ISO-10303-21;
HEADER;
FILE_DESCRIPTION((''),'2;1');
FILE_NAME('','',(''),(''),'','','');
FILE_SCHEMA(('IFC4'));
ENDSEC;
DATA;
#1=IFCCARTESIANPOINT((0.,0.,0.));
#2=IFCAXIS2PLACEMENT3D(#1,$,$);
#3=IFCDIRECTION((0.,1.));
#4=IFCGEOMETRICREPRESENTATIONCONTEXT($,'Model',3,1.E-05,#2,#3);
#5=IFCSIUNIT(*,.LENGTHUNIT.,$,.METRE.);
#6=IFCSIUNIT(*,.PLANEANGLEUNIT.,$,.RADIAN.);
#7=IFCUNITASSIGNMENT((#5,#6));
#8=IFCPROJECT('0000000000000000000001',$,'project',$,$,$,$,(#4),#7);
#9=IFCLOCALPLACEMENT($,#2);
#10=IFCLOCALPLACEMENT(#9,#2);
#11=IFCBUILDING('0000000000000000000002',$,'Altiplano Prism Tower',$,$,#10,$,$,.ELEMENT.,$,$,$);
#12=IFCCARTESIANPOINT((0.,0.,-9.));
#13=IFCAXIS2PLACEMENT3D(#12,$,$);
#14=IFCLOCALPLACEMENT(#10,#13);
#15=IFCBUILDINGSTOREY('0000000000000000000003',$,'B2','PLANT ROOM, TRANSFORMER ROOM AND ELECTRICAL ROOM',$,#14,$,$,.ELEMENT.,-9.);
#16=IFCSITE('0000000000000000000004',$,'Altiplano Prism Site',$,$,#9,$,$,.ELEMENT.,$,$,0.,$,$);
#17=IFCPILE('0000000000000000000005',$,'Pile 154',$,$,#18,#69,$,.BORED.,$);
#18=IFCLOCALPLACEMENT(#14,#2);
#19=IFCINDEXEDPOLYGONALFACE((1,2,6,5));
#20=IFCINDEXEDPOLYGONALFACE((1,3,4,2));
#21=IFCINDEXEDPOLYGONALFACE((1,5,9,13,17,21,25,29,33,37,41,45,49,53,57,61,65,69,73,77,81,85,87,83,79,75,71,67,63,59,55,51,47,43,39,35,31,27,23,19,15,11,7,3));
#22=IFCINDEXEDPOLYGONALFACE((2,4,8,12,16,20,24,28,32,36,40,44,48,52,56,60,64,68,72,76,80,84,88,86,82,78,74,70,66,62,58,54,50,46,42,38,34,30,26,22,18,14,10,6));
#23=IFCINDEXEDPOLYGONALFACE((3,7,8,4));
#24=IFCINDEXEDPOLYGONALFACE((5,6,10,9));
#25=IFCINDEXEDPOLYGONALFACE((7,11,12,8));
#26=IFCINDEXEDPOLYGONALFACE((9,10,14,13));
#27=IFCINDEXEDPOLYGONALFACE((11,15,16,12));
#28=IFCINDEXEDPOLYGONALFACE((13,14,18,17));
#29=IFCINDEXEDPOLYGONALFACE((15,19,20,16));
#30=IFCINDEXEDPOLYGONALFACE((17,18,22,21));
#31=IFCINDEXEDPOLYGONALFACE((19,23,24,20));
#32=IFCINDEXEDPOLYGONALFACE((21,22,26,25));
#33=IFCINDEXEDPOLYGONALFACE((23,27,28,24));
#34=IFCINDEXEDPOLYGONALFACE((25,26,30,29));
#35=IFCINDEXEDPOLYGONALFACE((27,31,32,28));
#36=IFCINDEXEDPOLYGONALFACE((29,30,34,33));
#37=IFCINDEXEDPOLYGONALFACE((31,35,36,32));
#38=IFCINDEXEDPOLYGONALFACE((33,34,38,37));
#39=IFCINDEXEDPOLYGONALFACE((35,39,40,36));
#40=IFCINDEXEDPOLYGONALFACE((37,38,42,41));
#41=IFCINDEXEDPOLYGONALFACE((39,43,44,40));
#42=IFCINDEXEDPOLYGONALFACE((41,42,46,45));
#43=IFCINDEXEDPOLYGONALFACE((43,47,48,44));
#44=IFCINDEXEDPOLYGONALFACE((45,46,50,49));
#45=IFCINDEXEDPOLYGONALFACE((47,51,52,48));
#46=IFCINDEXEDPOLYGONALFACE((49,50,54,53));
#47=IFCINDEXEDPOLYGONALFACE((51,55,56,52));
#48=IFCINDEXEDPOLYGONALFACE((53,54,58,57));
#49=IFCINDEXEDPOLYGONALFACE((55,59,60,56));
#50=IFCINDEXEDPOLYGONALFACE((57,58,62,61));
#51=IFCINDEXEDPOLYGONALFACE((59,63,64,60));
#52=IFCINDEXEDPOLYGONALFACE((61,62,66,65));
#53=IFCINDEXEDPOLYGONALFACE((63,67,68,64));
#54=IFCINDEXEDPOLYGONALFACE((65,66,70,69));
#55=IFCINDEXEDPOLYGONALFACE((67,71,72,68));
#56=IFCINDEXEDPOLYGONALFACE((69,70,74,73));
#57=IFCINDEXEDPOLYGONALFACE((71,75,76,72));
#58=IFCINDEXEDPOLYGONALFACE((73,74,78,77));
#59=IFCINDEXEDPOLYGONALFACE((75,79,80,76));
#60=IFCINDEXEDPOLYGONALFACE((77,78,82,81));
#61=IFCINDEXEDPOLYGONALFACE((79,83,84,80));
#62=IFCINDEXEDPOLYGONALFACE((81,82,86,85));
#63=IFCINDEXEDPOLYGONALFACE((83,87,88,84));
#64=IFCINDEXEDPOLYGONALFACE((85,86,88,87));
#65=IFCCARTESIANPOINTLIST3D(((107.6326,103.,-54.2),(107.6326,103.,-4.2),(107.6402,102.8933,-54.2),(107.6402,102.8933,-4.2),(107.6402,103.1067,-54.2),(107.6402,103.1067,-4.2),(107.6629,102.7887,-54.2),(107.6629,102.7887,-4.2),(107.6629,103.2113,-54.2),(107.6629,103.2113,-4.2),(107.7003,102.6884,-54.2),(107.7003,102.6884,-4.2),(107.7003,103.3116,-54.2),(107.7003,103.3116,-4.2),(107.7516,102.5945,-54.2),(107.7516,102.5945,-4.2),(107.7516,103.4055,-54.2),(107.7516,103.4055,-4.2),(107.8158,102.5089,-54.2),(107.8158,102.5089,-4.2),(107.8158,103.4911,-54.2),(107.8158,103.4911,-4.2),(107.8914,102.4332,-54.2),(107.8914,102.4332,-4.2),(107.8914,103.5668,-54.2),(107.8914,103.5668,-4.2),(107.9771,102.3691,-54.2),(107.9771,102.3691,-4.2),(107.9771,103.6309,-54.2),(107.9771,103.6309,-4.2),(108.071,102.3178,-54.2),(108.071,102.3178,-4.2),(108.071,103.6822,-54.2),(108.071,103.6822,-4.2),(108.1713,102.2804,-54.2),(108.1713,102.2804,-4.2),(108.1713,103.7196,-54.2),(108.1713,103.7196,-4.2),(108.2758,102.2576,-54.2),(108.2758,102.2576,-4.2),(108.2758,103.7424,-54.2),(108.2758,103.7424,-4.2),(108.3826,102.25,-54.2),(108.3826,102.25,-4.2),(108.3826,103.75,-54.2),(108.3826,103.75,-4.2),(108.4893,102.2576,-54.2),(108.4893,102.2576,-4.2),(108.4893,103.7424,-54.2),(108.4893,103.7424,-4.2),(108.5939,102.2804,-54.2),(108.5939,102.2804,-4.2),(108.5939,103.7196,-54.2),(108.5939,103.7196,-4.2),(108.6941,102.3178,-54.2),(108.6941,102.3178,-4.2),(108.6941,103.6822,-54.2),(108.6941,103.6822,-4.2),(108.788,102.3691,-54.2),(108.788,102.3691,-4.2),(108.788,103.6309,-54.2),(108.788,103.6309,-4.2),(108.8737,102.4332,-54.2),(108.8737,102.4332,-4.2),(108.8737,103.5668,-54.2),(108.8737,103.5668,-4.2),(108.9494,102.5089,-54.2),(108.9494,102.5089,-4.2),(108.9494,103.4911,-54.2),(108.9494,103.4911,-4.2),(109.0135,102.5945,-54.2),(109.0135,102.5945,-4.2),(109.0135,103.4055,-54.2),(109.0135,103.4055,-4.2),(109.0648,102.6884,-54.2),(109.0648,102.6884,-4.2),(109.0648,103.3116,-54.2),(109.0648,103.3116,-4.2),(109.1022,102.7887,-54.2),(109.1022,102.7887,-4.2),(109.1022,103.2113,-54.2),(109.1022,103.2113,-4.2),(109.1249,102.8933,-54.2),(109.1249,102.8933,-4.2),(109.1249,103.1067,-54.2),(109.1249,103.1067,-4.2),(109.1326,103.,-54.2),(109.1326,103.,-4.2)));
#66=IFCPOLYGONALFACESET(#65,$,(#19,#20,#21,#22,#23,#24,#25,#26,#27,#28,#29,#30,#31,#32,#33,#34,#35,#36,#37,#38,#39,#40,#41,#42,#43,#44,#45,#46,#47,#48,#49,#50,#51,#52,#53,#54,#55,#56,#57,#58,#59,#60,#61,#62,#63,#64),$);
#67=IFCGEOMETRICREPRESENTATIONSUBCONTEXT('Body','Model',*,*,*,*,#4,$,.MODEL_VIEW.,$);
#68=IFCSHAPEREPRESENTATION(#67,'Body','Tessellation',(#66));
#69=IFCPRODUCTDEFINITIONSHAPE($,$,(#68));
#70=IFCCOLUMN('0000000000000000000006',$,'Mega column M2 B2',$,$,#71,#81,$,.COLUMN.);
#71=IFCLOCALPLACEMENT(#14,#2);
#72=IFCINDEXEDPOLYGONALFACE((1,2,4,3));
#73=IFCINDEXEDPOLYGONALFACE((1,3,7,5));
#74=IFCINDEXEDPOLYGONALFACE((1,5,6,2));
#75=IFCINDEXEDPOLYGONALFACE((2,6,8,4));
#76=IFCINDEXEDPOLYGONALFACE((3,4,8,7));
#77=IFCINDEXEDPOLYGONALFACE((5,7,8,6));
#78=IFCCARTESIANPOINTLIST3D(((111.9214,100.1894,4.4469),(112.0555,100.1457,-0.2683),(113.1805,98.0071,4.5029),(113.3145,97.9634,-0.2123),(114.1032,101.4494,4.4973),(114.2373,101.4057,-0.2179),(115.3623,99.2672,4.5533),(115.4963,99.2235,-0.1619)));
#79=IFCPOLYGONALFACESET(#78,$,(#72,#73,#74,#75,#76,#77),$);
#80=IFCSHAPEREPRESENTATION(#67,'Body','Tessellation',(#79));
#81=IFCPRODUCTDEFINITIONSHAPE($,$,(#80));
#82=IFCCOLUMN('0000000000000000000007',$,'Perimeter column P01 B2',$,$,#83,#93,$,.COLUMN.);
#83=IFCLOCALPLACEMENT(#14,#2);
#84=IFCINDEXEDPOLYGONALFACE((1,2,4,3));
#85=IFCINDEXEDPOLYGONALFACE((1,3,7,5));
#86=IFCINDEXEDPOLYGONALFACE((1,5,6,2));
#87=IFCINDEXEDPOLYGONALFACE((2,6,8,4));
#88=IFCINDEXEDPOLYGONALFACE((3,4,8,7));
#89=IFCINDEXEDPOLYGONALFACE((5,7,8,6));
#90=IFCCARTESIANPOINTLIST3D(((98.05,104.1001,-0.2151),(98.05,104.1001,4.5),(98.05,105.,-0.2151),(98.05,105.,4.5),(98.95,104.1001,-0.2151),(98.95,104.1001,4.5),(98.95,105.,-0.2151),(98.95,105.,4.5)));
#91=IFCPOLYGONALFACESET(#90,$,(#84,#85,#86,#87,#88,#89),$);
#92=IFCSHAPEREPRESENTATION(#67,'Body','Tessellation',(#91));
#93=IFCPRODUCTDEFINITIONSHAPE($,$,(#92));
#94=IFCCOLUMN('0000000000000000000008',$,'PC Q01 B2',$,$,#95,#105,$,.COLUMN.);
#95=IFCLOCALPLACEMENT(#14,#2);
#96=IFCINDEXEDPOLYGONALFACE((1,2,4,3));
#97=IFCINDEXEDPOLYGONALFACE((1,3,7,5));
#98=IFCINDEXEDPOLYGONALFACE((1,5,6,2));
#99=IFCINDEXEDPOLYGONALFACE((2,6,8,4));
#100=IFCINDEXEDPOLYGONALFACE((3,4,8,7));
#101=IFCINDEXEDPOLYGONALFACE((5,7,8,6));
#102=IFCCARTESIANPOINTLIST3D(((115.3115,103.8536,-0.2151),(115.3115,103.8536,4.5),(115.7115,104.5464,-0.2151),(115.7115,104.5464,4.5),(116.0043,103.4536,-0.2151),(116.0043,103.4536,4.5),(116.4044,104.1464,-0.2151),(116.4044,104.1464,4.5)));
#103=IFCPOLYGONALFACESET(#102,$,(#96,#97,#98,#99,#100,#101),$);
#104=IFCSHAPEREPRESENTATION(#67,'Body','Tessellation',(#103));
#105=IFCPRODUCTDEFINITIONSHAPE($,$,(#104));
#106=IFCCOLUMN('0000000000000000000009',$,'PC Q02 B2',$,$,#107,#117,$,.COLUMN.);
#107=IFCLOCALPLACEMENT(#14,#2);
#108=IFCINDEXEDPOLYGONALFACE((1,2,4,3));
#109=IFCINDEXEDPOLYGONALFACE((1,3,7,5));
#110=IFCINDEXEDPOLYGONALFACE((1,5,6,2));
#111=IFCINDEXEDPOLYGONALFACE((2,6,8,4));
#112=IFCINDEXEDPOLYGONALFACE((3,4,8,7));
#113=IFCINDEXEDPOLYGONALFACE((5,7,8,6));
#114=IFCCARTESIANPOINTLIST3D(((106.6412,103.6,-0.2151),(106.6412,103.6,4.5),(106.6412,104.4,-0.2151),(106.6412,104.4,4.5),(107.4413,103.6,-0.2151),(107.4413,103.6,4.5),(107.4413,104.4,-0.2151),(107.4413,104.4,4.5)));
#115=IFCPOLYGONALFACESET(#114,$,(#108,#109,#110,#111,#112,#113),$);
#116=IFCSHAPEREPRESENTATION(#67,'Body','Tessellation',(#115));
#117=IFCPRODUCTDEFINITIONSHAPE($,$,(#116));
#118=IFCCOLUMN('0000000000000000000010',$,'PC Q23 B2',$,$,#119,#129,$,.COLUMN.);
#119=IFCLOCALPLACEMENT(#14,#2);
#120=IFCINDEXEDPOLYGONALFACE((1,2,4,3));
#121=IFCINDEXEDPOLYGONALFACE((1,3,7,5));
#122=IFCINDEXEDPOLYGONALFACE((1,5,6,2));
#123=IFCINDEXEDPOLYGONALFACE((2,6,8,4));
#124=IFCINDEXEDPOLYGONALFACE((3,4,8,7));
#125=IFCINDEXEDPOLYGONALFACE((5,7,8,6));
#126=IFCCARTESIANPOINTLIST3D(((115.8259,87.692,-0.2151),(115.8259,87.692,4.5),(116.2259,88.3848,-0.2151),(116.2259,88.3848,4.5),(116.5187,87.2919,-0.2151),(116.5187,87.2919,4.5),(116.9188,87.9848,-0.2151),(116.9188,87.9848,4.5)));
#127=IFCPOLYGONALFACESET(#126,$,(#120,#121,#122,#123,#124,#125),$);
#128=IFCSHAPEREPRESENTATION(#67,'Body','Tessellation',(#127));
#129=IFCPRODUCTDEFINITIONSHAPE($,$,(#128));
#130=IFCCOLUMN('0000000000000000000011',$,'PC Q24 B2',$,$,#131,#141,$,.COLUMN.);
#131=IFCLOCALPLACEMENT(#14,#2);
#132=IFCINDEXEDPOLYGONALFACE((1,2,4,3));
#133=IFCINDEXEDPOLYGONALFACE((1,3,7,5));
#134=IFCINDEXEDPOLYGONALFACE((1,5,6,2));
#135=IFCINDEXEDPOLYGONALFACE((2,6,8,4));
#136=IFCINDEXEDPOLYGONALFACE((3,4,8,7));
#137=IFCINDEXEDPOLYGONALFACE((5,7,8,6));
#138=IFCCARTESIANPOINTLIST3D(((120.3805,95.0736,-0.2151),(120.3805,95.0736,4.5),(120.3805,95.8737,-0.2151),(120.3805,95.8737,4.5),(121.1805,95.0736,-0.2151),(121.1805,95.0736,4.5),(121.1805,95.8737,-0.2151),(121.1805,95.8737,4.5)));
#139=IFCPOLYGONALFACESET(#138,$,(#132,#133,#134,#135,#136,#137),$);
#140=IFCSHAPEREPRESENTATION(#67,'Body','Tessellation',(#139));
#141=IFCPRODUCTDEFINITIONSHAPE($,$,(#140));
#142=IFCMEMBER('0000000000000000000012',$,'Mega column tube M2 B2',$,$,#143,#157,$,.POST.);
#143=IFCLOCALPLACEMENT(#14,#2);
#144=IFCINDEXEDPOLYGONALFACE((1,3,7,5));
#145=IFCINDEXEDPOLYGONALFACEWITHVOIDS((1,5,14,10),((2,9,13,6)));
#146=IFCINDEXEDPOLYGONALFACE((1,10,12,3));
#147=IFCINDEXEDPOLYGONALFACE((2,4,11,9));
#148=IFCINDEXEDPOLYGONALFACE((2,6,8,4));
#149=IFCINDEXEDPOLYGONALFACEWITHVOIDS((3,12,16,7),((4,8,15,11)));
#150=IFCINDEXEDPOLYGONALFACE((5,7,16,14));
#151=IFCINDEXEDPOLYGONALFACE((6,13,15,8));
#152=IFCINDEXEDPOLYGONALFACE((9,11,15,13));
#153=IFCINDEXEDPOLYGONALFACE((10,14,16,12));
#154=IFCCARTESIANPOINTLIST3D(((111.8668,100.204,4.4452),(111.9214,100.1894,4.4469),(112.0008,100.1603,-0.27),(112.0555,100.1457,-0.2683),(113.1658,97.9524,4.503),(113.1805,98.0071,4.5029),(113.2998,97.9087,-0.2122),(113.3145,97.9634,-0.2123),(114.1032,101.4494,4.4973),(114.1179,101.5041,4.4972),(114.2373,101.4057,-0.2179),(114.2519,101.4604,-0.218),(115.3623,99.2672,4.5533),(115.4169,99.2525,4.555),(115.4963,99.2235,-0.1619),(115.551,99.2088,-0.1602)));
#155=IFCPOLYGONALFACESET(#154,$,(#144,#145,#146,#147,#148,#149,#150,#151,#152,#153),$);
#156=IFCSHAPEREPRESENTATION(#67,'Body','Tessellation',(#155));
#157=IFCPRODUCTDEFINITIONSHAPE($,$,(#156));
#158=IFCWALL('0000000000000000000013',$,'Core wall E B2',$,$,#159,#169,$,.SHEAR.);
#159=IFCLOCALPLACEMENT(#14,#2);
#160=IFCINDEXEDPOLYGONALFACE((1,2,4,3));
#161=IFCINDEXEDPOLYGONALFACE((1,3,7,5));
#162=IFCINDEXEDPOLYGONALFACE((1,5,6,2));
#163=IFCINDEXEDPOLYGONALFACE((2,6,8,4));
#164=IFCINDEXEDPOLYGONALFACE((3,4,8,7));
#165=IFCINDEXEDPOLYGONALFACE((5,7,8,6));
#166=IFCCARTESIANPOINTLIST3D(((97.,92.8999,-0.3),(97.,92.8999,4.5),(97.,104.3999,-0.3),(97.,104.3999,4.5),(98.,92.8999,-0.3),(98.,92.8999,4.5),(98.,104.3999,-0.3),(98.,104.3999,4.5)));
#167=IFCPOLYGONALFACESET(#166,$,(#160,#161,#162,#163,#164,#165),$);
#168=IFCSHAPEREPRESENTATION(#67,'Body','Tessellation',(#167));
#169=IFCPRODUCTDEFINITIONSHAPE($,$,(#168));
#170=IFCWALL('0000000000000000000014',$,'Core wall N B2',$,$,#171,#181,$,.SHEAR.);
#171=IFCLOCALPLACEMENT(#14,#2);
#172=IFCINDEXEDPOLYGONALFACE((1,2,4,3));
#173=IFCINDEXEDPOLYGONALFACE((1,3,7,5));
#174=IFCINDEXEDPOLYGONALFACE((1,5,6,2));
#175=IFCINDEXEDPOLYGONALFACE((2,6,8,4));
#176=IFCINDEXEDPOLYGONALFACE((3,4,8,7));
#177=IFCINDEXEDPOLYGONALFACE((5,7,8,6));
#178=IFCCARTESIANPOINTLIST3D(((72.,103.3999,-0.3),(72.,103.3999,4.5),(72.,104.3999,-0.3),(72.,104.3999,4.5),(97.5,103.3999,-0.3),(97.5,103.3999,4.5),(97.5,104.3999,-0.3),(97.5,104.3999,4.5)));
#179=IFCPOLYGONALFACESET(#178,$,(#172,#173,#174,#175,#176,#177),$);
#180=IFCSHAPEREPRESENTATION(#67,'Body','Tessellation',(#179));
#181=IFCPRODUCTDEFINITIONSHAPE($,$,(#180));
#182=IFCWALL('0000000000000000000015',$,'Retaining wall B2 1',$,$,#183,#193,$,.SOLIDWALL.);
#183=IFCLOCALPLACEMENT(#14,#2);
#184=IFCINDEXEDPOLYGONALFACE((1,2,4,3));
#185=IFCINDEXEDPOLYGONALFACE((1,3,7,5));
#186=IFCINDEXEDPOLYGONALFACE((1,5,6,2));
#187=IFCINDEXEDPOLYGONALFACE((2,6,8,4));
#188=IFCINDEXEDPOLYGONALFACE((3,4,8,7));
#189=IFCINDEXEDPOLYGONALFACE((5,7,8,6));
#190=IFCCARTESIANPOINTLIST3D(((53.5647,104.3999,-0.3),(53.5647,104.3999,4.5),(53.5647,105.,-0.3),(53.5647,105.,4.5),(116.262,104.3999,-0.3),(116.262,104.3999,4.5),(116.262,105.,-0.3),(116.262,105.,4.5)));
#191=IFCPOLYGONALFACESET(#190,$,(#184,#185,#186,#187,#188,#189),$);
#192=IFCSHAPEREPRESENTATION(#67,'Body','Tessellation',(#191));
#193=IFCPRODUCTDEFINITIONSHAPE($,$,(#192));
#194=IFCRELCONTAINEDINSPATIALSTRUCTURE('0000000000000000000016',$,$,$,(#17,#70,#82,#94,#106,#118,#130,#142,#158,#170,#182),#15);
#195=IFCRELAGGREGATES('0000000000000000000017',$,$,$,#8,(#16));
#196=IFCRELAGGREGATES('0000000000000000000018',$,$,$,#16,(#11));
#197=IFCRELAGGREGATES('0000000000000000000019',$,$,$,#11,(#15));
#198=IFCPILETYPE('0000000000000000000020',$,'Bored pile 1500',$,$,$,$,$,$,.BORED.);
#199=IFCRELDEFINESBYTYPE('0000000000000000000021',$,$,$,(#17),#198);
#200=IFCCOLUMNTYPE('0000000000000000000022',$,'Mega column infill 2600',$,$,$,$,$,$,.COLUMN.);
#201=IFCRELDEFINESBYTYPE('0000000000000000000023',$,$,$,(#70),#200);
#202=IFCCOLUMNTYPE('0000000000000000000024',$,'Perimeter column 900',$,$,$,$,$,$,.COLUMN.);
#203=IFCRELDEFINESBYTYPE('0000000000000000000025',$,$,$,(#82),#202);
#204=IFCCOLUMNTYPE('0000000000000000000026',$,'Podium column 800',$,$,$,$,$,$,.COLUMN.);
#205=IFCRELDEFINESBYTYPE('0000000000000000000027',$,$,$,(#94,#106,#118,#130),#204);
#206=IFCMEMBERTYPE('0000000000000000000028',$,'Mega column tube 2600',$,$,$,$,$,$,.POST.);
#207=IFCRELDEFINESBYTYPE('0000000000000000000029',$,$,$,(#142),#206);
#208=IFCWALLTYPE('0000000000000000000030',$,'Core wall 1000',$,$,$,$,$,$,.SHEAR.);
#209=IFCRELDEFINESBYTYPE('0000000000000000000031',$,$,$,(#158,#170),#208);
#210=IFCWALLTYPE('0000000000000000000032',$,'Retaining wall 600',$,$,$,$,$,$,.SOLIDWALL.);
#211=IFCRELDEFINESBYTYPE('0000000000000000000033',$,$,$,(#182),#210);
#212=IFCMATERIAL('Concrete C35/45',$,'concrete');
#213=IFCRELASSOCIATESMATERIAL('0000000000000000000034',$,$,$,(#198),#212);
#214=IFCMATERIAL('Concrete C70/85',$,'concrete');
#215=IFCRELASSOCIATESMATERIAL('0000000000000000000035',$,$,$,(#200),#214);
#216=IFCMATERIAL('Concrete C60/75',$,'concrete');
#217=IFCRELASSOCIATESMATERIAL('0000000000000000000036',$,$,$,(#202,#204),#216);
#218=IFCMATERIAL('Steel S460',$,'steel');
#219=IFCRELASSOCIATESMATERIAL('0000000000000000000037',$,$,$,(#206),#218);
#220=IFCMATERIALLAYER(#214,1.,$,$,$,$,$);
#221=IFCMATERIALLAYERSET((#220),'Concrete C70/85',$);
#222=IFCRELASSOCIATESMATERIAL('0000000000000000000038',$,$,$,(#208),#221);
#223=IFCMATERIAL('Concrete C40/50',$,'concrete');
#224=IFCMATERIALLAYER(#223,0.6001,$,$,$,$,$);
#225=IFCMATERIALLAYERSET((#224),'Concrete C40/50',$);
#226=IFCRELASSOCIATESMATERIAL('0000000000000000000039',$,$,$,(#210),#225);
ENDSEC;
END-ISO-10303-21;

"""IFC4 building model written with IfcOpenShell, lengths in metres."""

from ifc_helpers import new_model, si_unit, direction, frame, frame_2d, origin, origin_2d, place, context, subcontext, project, spatial, rectangle, hollow_rectangle, circle, extrude, material, layer, layer_set, material_profile, profile_set, type_object, element, save


model = new_model("IFC4")

# Units and contexts
model_context = context("Model", 3, precision=1e-05, world=origin(), true_north=direction((0.0, 1.0)))
body_context = subcontext(model_context, "Body", "Model", "MODEL_VIEW")
ifc_project = project(units=[si_unit("LENGTHUNIT", "METRE"), si_unit("PLANEANGLEUNIT", "RADIAN")], contexts=[model_context])

# Site, building, storey
site_placement = place(None, origin())
site = spatial("IfcSite", under=ifc_project, at=site_placement, Name="Altiplano Prism Site", CompositionType="ELEMENT", RefElevation=0.0)
building_placement = place(site_placement, origin())
building = spatial("IfcBuilding", under=site, at=building_placement, Name="Altiplano Prism Tower", CompositionType="ELEMENT")
storey_placement = place(building_placement, frame((0.0, 0.0, -9.0)))
storey = spatial("IfcBuildingStorey", under=building, at=storey_placement, Name="B2", Description="PLANT ROOM, TRANSFORMER ROOM AND ELECTRICAL ROOM", CompositionType="ELEMENT", Elevation=-9.0)

# Pile
ifc_material_1 = material(Name="Concrete C35/45", Category="concrete")
ifc_material_profile_1 = material_profile(ifc_material_1, circle(Radius=0.75, at=origin_2d()), Name="Bored pile 1500")
ifc_profile_set_1 = profile_set([ifc_material_profile_1], Name="Concrete C35/45")
pile_type = type_object("IfcPileType", Name="Bored pile 1500", PredefinedType="BORED", material=ifc_profile_set_1)
for number, where, z_axis, x_axis, name in (
    (1, (108.3826, 103.0, -4.2), (0.0, 0.0, -1.0), (1.0, 0.0, 0.0), "Pile 154"),
):
    element("IfcPile", number, at=place(storey_placement, frame(where, z_axis=z_axis, x_axis=x_axis)), inside=storey, type_object=pile_type, Name=name, PredefinedType="BORED", context=body_context, shape_type="SweptSolid", body=[
        extrude(circle(Radius=0.75, at=origin_2d()), origin(), (0.0, 0.0, 1.0), 50.0),
    ])

# Columns
ifc_material_2 = material(Name="Concrete C70/85", Category="concrete")
ifc_material_profile_2 = material_profile(ifc_material_2, rectangle(XDim=2.52, YDim=2.52, at=origin_2d()), Name="Mega column infill 2600")
ifc_profile_set_2 = profile_set([ifc_material_profile_2], Name="Concrete C70/85")
column_type_1 = type_object("IfcColumnType", Name="Mega column infill 2600", PredefinedType="COLUMN", material=ifc_profile_set_2)
column_1_placement = place(storey_placement, frame((113.7759, 99.6846, -0.2151), z_axis=(-0.028414, 0.009264, 0.999553), x_axis=(0.499614, -0.865963, 0.022228)))
element("IfcColumn", 2, at=column_1_placement, inside=storey, type_object=column_type_1, Name="Mega column M2 B2", PredefinedType="COLUMN", context=body_context, shape_type="SweptSolid", body=[
    extrude(rectangle(XDim=2.52, YDim=2.52, at=origin_2d()), origin(), (0.0, 0.0, 1.0), 4.7173),
])
ifc_material_3 = material(Name="Concrete C60/75", Category="concrete")
ifc_material_profile_3 = material_profile(ifc_material_3, rectangle(XDim=0.8999, YDim=0.8999, at=origin_2d()), Name="Perimeter column 900")
ifc_profile_set_3 = profile_set([ifc_material_profile_3], Name="Concrete C60/75")
column_type_2 = type_object("IfcColumnType", Name="Perimeter column 900", PredefinedType="COLUMN", material=ifc_profile_set_3)
column_2_placement = place(storey_placement, frame((98.5, 104.55, -0.2151), z_axis=(0.0, 0.0, 1.0), x_axis=(1.0, 0.0, 0.0)))
element("IfcColumn", 3, at=column_2_placement, inside=storey, type_object=column_type_2, Name="Perimeter column P01 B2", PredefinedType="COLUMN", context=body_context, shape_type="SweptSolid", body=[
    extrude(rectangle(XDim=0.8999, YDim=0.8999, at=origin_2d()), origin(), (0.0, 0.0, 1.0), 4.7151),
])
ifc_material_profile_4 = material_profile(ifc_material_3, rectangle(XDim=0.8, YDim=0.8, at=origin_2d()), Name="Podium column 800")
ifc_profile_set_4 = profile_set([ifc_material_profile_4], Name="Concrete C60/75")
column_type_3 = type_object("IfcColumnType", Name="Podium column 800", PredefinedType="COLUMN", material=ifc_profile_set_4)
for number, where, z_axis, x_axis, name in (
    (4, (115.8579, 104.0, -0.2151), (0.0, 0.0, 1.0), (0.5, 0.866025, 0.0), "PC Q01 B2"),
    (5, (107.0413, 104.0, -0.2151), (0.0, 0.0, 1.0), (1.0, 0.0, 0.0), "PC Q02 B2"),
    (6, (116.3723, 87.8384, -0.2151), (0.0, 0.0, 1.0), (0.5, 0.866025, 0.0), "PC Q23 B2"),
    (7, (120.7805, 95.4736, -0.2151), (0.0, 0.0, 1.0), (0.0, 1.0, 0.0), "PC Q24 B2"),
):
    element("IfcColumn", number, at=place(storey_placement, frame(where, z_axis=z_axis, x_axis=x_axis)), inside=storey, type_object=column_type_3, Name=name, PredefinedType="COLUMN", context=body_context, shape_type="SweptSolid", body=[
        extrude(rectangle(XDim=0.8, YDim=0.8, at=origin_2d()), origin(), (0.0, 0.0, 1.0), 4.7151),
    ])

# Member
ifc_material_4 = material(Name="Steel S460", Category="steel")
ifc_material_profile_5 = material_profile(ifc_material_4, hollow_rectangle(XDim=2.6001, YDim=2.6001, WallThickness=0.04, at=origin_2d()), Name="Mega column tube 2600")
ifc_profile_set_5 = profile_set([ifc_material_profile_5], Name="Steel S460")
member_type = type_object("IfcMemberType", Name="Mega column tube 2600", PredefinedType="POST", material=ifc_profile_set_5)
member_placement = place(storey_placement, frame((113.7759, 99.6846, -0.2151), z_axis=(-0.028414, 0.009264, 0.999553), x_axis=(0.499614, -0.865963, 0.022228)))
element("IfcMember", 8, at=member_placement, inside=storey, type_object=member_type, Name="Mega column tube M2 B2", PredefinedType="POST", context=body_context, shape_type="SweptSolid", body=[
    extrude(hollow_rectangle(XDim=2.6001, YDim=2.6001, WallThickness=0.04, at=origin_2d()), origin(), (0.0, 0.0, 1.0), 4.7173),
])

# Walls
ifc_layer_1 = layer(ifc_material_2, 1.0)
ifc_layer_set_1 = layer_set([ifc_layer_1], Name="Concrete C70/85")
wall_type_1 = type_object("IfcWallType", Name="Core wall 1000", PredefinedType="SHEAR", material=ifc_layer_set_1)
wall_1_placement = place(storey_placement, frame((97.5, 92.8999, -0.3), z_axis=(0.0, 0.0, 1.0), x_axis=(0.0, 1.0, 0.0)))
element("IfcWall", 9, at=wall_1_placement, inside=storey, type_object=wall_type_1, Name="Core wall E B2", PredefinedType="SHEAR", context=body_context, shape_type="SweptSolid", body=[
    extrude(rectangle(XDim=11.5, YDim=1.0, at=frame_2d((5.75, 0.0))), origin(), (0.0, 0.0, 1.0), 4.8),
])
wall_2_placement = place(storey_placement, frame((97.5, 103.8999, -0.3), z_axis=(0.0, 0.0, 1.0), x_axis=(-1.0, 0.0, 0.0)))
element("IfcWall", 10, at=wall_2_placement, inside=storey, type_object=wall_type_1, Name="Core wall N B2", PredefinedType="SHEAR", context=body_context, shape_type="SweptSolid", body=[
    extrude(rectangle(XDim=25.5, YDim=1.0, at=frame_2d((12.75, 0.0))), origin(), (0.0, 0.0, 1.0), 4.8),
])
ifc_material_5 = material(Name="Concrete C40/50", Category="concrete")
ifc_layer_2 = layer(ifc_material_5, 0.6001)
ifc_layer_set_2 = layer_set([ifc_layer_2], Name="Concrete C40/50")
wall_type_2 = type_object("IfcWallType", Name="Retaining wall 600", PredefinedType="SOLIDWALL", material=ifc_layer_set_2)
wall_3_placement = place(storey_placement, frame((116.262, 104.7, -0.3), z_axis=(0.0, 0.0, 1.0), x_axis=(-1.0, 0.0, 0.0)))
element("IfcWall", 11, at=wall_3_placement, inside=storey, type_object=wall_type_2, Name="Retaining wall B2 1", PredefinedType="SOLIDWALL", context=body_context, shape_type="SweptSolid", body=[
    extrude(rectangle(XDim=62.6973, YDim=0.6001, at=frame_2d((31.3486, 0.0))), origin(), (0.0, 0.0, 1.0), 4.8),
])

save(model, "model.ifc")
